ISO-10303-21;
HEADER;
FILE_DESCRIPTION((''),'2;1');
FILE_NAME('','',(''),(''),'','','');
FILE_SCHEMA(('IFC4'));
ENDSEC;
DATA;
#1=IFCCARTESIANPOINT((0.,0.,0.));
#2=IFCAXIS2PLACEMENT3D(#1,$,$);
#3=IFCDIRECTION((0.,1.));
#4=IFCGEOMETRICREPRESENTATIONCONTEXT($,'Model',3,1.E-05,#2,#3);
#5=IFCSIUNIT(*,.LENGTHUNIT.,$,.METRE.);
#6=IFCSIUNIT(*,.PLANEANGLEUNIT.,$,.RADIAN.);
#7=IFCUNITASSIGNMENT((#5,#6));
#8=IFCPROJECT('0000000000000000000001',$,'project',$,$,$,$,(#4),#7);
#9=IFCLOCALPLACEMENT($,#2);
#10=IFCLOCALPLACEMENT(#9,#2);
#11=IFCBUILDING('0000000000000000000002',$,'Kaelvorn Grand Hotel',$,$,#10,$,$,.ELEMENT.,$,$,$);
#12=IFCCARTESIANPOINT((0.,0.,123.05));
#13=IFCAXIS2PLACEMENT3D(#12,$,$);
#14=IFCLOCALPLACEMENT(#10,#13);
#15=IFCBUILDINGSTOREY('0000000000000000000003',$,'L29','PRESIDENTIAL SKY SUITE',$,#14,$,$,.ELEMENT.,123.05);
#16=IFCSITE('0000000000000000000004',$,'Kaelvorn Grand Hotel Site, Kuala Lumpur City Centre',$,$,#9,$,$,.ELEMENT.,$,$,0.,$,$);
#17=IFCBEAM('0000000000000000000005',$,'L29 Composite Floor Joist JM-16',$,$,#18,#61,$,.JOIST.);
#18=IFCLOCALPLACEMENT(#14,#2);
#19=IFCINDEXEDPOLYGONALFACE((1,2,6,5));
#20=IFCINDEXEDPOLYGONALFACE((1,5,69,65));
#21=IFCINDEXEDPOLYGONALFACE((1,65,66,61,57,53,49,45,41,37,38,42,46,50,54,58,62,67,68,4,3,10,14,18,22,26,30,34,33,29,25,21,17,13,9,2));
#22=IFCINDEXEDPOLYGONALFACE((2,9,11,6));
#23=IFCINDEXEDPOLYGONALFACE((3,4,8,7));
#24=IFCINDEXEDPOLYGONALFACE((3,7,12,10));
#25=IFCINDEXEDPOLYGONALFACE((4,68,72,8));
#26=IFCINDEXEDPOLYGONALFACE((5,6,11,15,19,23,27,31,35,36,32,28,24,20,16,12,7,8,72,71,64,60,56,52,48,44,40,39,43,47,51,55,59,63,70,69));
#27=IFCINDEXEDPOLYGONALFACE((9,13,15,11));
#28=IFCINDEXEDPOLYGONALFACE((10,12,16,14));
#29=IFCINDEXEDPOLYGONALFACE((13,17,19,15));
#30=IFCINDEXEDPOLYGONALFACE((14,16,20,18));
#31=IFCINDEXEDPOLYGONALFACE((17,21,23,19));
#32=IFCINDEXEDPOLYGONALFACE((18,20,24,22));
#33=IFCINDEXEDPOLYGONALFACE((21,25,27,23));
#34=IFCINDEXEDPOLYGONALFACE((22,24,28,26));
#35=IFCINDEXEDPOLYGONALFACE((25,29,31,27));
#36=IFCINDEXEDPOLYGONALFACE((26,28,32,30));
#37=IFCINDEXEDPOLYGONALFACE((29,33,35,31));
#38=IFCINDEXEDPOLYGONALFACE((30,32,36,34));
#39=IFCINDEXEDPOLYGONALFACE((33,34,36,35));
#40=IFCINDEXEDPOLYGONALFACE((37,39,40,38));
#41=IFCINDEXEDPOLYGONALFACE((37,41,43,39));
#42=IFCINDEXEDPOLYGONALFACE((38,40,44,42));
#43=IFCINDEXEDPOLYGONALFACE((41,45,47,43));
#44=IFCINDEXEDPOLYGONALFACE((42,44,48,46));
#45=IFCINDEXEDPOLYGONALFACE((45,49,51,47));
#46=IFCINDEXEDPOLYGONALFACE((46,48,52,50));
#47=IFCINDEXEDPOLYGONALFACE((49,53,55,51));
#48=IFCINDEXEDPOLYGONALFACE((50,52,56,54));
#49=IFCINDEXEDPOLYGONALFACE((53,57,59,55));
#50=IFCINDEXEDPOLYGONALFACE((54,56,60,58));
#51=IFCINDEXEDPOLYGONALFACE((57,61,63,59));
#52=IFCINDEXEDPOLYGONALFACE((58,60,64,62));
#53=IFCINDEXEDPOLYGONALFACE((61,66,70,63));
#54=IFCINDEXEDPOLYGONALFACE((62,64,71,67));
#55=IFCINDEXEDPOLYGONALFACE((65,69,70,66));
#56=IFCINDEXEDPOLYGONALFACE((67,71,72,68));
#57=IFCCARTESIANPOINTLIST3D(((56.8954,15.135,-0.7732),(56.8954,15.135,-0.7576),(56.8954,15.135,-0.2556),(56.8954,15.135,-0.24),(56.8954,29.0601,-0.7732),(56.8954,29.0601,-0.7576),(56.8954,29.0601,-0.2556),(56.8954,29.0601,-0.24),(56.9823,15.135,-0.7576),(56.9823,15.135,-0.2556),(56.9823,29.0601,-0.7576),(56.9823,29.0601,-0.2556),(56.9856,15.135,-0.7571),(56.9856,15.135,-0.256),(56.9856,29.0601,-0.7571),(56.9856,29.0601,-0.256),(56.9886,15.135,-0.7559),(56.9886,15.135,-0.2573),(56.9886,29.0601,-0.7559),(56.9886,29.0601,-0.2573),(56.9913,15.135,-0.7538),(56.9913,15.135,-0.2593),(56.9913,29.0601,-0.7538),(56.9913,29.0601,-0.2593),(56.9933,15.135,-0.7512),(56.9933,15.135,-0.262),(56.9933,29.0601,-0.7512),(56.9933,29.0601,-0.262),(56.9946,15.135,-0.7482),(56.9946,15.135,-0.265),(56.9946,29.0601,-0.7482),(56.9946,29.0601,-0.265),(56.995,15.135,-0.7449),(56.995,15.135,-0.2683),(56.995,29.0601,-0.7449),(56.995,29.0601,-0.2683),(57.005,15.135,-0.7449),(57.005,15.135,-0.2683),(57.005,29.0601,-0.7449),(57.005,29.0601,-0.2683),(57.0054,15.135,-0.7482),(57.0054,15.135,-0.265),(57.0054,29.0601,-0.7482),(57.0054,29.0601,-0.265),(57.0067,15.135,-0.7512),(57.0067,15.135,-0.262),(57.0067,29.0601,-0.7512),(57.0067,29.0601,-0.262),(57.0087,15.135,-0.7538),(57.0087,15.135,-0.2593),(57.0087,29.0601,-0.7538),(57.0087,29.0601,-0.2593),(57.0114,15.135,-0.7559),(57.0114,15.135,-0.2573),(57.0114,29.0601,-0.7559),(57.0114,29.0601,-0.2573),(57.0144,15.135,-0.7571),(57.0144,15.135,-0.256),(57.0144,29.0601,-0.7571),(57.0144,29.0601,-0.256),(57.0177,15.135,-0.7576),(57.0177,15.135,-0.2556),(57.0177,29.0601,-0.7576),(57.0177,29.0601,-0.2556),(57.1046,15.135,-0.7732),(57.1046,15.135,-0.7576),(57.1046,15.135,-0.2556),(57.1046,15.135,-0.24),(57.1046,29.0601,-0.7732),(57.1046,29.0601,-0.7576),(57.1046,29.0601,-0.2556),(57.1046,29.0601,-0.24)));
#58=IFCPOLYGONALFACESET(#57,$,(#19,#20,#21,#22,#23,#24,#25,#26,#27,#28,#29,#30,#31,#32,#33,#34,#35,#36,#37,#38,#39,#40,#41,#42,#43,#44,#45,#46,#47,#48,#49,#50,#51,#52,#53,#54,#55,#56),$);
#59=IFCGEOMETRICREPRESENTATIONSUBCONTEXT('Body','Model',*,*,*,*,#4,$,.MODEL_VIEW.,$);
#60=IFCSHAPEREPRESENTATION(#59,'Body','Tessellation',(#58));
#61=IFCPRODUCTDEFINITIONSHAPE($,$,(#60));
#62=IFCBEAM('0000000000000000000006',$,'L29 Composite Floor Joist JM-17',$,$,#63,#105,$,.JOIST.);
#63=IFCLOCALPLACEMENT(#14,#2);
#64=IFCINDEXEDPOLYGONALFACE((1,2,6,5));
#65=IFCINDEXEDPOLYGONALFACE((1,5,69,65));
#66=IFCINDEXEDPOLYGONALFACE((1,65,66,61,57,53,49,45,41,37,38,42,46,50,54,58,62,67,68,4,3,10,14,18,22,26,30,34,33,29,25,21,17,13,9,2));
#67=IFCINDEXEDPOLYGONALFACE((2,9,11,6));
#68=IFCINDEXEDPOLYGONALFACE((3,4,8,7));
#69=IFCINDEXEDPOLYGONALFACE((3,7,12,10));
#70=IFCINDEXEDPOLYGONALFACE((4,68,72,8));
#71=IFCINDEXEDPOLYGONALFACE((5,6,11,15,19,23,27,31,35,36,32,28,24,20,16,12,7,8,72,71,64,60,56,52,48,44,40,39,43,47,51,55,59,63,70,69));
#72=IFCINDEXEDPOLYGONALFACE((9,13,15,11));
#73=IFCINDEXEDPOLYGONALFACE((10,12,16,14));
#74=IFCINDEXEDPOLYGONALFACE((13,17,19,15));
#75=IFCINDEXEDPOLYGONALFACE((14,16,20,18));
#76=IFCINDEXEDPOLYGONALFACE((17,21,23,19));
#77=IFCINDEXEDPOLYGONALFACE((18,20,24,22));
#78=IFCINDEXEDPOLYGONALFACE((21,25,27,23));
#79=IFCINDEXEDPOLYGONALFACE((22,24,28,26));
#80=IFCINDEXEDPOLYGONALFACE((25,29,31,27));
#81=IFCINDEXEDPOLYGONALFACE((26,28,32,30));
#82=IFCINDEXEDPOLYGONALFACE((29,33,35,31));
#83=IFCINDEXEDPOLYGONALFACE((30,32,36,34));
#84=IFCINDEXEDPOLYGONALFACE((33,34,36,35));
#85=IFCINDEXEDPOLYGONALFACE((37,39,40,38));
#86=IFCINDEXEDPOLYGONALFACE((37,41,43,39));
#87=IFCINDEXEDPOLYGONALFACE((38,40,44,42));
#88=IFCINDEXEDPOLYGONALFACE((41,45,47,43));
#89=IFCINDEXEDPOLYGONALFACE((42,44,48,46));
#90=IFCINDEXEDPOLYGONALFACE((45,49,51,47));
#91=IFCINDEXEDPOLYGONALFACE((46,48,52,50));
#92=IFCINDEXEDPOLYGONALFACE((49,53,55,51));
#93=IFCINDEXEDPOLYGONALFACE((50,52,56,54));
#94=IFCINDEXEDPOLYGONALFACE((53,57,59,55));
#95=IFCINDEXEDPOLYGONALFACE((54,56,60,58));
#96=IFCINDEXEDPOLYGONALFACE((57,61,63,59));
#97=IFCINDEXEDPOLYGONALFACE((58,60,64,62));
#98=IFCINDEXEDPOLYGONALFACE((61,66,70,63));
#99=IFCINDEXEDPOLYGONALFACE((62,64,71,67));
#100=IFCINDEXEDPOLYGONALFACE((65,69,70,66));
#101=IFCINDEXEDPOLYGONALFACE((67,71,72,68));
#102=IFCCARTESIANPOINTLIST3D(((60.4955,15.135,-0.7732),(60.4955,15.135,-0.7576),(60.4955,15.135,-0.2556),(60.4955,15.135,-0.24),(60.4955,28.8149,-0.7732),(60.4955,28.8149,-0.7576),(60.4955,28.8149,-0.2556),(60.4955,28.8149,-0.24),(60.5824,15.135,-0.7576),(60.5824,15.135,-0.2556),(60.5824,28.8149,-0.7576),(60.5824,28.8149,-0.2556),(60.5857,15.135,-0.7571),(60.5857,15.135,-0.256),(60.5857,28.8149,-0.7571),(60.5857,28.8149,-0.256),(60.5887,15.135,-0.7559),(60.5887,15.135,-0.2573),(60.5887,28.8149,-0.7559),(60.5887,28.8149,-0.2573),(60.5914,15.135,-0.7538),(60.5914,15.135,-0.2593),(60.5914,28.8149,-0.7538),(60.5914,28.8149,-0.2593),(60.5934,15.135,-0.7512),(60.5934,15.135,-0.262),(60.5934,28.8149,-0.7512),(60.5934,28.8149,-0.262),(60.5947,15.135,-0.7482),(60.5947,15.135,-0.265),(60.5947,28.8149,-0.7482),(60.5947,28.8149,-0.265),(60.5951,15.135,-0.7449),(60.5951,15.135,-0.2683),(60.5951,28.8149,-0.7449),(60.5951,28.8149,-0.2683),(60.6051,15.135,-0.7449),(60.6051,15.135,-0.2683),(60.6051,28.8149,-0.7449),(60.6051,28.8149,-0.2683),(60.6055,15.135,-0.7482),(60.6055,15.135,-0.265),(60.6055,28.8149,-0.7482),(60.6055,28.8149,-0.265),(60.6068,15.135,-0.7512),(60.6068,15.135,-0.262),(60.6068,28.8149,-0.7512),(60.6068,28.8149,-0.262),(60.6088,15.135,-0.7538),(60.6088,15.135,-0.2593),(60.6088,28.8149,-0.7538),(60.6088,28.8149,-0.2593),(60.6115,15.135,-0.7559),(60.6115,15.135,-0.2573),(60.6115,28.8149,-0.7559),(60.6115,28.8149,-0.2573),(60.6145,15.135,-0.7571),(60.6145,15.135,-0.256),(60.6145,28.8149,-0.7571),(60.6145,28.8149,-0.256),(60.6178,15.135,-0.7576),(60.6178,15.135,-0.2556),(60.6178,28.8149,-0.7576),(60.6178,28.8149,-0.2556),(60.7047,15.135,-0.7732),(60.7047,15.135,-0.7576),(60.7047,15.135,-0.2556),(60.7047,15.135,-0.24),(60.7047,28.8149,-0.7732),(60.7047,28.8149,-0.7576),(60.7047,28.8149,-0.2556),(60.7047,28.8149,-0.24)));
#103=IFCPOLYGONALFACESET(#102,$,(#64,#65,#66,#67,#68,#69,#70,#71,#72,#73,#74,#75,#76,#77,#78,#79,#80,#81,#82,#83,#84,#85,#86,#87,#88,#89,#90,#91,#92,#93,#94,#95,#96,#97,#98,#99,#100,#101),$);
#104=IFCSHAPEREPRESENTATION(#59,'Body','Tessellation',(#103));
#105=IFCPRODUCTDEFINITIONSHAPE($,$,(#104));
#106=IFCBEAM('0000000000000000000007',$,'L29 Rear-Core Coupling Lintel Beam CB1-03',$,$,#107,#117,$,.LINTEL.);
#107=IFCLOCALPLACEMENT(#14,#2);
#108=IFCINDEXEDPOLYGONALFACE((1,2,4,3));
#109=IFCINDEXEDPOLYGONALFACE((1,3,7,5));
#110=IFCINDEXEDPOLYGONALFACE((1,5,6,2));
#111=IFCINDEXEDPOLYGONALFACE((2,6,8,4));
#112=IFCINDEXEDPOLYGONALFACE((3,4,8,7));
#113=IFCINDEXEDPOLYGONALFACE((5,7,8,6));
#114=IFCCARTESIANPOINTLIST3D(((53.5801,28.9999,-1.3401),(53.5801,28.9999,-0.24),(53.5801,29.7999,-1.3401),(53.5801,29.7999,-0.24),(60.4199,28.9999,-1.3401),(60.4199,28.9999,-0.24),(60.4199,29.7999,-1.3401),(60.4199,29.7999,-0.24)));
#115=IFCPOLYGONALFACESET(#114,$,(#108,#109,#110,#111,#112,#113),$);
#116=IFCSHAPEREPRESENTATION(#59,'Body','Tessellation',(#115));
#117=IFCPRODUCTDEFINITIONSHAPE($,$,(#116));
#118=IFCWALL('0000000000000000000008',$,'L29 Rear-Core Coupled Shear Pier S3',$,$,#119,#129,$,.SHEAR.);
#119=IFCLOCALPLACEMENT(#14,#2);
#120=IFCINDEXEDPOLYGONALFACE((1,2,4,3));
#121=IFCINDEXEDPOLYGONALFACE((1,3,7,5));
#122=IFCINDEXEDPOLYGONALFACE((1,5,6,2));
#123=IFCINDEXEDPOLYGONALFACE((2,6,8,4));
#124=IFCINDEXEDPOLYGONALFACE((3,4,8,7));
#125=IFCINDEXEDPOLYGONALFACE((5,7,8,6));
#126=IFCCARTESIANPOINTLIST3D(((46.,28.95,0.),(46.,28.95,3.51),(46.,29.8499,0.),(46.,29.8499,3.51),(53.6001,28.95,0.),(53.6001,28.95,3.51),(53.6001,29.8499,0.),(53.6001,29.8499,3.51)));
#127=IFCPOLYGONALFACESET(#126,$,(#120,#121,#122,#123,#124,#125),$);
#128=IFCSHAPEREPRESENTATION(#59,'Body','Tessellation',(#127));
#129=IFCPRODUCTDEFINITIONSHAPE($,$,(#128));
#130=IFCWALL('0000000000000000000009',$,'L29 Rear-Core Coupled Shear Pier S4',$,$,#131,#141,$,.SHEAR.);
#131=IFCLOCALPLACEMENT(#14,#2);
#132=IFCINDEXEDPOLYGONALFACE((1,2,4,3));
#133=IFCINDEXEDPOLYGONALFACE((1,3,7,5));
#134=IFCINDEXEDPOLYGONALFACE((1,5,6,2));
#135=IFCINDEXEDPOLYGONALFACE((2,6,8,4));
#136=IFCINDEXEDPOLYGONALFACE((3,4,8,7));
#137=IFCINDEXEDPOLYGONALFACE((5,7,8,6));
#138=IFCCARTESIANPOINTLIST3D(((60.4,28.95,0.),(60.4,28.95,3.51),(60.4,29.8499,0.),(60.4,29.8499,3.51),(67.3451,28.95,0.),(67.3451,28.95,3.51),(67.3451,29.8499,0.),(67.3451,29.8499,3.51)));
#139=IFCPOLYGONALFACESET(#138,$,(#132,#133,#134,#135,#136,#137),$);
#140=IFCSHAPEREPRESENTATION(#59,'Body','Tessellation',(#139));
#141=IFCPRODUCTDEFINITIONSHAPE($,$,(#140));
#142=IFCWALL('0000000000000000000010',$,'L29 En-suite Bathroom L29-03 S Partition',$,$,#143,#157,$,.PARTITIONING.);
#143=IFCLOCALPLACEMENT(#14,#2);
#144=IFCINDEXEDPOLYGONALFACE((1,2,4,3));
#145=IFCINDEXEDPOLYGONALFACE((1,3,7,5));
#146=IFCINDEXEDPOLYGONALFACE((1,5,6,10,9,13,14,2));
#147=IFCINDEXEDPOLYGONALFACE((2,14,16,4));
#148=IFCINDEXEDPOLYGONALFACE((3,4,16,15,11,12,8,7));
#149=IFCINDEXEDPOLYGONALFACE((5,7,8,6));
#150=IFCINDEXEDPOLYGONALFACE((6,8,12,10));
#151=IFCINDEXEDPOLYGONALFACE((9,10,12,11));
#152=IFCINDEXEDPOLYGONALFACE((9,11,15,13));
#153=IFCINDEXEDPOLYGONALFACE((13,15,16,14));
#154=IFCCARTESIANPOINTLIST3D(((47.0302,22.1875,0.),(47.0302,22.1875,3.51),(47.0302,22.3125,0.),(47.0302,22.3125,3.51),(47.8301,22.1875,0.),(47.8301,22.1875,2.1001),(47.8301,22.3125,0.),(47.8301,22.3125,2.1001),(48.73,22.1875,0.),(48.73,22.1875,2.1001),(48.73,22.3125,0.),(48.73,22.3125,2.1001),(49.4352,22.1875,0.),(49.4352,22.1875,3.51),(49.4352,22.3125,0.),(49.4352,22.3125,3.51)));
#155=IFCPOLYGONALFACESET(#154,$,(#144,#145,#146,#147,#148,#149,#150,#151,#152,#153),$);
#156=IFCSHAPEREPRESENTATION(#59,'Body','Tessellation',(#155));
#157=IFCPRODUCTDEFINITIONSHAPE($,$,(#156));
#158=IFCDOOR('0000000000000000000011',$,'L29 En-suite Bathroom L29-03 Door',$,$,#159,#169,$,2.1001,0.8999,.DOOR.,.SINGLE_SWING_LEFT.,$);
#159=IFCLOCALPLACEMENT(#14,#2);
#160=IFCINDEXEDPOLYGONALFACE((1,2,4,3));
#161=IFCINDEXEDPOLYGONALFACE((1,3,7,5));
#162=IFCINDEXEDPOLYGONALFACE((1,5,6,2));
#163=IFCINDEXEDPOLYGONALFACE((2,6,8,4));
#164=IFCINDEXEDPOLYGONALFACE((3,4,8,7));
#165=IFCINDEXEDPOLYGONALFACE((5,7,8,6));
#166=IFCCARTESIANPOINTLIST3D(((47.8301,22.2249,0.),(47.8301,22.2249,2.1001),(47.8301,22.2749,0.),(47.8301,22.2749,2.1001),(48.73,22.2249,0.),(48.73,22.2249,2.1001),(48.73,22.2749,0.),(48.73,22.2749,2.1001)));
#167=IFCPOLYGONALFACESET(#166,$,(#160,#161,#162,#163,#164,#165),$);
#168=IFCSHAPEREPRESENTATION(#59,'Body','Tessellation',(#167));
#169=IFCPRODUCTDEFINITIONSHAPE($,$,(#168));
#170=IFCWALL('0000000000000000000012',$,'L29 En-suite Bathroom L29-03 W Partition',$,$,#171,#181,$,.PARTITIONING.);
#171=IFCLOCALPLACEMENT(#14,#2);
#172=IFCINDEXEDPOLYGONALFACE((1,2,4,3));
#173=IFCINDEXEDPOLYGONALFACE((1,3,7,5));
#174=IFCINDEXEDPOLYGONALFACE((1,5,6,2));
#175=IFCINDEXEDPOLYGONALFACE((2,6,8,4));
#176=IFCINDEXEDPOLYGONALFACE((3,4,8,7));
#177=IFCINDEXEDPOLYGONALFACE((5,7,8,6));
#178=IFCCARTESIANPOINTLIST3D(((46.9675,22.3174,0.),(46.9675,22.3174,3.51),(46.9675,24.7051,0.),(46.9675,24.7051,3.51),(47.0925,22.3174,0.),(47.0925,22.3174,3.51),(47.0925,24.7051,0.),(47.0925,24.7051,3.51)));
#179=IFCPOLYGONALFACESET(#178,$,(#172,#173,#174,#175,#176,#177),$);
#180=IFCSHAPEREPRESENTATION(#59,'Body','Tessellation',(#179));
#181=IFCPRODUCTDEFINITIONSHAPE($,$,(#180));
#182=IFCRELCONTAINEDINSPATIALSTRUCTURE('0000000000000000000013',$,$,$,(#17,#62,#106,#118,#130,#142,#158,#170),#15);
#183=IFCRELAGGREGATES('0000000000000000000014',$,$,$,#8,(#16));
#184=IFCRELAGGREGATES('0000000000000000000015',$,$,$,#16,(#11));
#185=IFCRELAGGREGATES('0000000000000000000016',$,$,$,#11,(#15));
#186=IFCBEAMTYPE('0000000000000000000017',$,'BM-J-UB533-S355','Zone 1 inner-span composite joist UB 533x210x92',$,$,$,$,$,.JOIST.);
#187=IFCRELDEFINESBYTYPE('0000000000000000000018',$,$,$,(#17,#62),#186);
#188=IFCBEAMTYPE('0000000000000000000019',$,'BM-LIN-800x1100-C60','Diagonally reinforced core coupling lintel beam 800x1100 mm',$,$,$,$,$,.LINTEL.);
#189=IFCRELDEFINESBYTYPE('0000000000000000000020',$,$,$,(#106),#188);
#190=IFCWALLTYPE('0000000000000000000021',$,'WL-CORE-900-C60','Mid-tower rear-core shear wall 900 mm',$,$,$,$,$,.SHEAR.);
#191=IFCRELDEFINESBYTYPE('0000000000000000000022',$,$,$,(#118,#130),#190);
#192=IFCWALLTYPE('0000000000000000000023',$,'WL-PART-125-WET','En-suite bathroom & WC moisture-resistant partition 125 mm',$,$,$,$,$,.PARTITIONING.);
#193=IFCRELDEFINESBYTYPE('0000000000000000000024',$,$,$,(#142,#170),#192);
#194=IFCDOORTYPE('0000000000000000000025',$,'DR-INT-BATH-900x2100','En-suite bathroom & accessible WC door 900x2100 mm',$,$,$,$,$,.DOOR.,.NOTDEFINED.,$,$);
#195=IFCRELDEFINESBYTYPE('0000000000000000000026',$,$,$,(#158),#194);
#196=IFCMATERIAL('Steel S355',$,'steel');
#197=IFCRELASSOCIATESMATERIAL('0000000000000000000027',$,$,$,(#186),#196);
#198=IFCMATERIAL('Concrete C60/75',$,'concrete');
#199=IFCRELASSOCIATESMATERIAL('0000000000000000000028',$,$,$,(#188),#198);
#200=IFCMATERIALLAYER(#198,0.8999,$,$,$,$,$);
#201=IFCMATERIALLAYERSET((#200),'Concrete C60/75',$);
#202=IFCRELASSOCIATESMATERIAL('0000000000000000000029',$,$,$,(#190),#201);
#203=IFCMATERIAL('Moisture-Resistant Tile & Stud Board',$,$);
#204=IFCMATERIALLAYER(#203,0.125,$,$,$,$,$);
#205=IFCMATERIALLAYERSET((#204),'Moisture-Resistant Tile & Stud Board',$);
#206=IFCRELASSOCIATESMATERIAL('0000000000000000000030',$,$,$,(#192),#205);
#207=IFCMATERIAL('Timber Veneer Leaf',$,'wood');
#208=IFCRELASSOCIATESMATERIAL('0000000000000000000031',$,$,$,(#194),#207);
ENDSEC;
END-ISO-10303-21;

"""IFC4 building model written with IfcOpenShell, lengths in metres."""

from ifc_helpers import new_model, si_unit, direction, frame, frame_2d, origin, origin_2d, place, context, subcontext, project, spatial, rectangle, i_section, extrude, material, layer, layer_set, material_profile, profile_set, type_object, element, fill, save


model = new_model("IFC4")

# Units and contexts
model_context = context("Model", 3, precision=1e-05, world=origin(), true_north=direction((0.0, 1.0)))
body_context = subcontext(model_context, "Body", "Model", "MODEL_VIEW")
ifc_project = project(units=[si_unit("LENGTHUNIT", "METRE"), si_unit("PLANEANGLEUNIT", "RADIAN")], contexts=[model_context])

# Site, building, storey
site_placement = place(None, origin())
site = spatial("IfcSite", under=ifc_project, at=site_placement, Name="Kaelvorn Grand Hotel Site, Kuala Lumpur City Centre", CompositionType="ELEMENT", RefElevation=0.0)
building_placement = place(site_placement, origin())
building = spatial("IfcBuilding", under=site, at=building_placement, Name="Kaelvorn Grand Hotel", CompositionType="ELEMENT")
storey_placement = place(building_placement, frame((0.0, 0.0, 123.05)))
storey = spatial("IfcBuildingStorey", under=building, at=storey_placement, Name="L29", Description="PRESIDENTIAL SKY SUITE", CompositionType="ELEMENT", Elevation=123.05)

# Shared definitions
ifc_material_1 = material(Name="Concrete C60/75", Category="concrete")

# Beams
ifc_material_2 = material(Name="Steel S355", Category="steel")
ifc_material_profile_1 = material_profile(ifc_material_2, i_section(OverallWidth=0.2092, OverallDepth=0.5332, WebThickness=0.01, FlangeThickness=0.0156, FilletRadius=0.0127, at=origin_2d()), Name="UB 533x210x92")
ifc_profile_set_1 = profile_set([ifc_material_profile_1], Name="Steel S355")
beam_type_1 = type_object("IfcBeamType", Name="BM-J-UB533-S355", Description="Zone 1 inner-span composite joist UB 533x210x92", PredefinedType="JOIST", material=ifc_profile_set_1)
beam_1_placement = place(storey_placement, frame((57.0, 15.135, -0.5066), z_axis=(0.0, 1.0, 0.0), x_axis=(-1.0, 0.0, 0.0)))
element("IfcBeam", 1, at=beam_1_placement, inside=storey, type_object=beam_type_1, Name="L29 Composite Floor Joist JM-16", PredefinedType="JOIST", context=body_context, shape_type="SweptSolid", body=[
    extrude(i_section(OverallWidth=0.2092, OverallDepth=0.5332, WebThickness=0.01, FlangeThickness=0.0156, FilletRadius=0.0127, at=origin_2d()), origin(), (0.0, 0.0, 1.0), 13.925),
])
beam_2_placement = place(storey_placement, frame((60.6001, 15.135, -0.5066), z_axis=(0.0, 1.0, 0.0), x_axis=(-1.0, 0.0, 0.0)))
element("IfcBeam", 2, at=beam_2_placement, inside=storey, type_object=beam_type_1, Name="L29 Composite Floor Joist JM-17", PredefinedType="JOIST", context=body_context, shape_type="SweptSolid", body=[
    extrude(i_section(OverallWidth=0.2092, OverallDepth=0.5332, WebThickness=0.01, FlangeThickness=0.0156, FilletRadius=0.0127, at=origin_2d()), origin(), (0.0, 0.0, 1.0), 13.6799),
])
ifc_material_profile_2 = material_profile(ifc_material_1, rectangle(XDim=0.8, YDim=1.1001, at=origin_2d()), Name="RC LINTEL 800x1100")
ifc_profile_set_2 = profile_set([ifc_material_profile_2], Name="Concrete C60/75")
beam_type_2 = type_object("IfcBeamType", Name="BM-LIN-800x1100-C60", Description="Diagonally reinforced core coupling lintel beam 800x1100 mm", PredefinedType="LINTEL", material=ifc_profile_set_2)
beam_3_placement = place(storey_placement, frame((53.5801, 29.3999, -0.79), z_axis=(1.0, 0.0, 0.0), x_axis=(0.0, 1.0, 0.0)))
element("IfcBeam", 3, at=beam_3_placement, inside=storey, type_object=beam_type_2, Name="L29 Rear-Core Coupling Lintel Beam CB1-03", PredefinedType="LINTEL", context=body_context, shape_type="SweptSolid", body=[
    extrude(rectangle(XDim=0.8, YDim=1.1001, at=origin_2d()), origin(), (0.0, 0.0, 1.0), 6.8398),
])

# Walls
ifc_layer_1 = layer(ifc_material_1, 0.8999)
ifc_layer_set_1 = layer_set([ifc_layer_1], Name="Concrete C60/75")
wall_type_1 = type_object("IfcWallType", Name="WL-CORE-900-C60", Description="Mid-tower rear-core shear wall 900 mm", PredefinedType="SHEAR", material=ifc_layer_set_1)
wall_1_placement = place(storey_placement, frame((46.0, 29.3999, 0.0), z_axis=(0.0, 0.0, 1.0), x_axis=(1.0, 0.0, 0.0)))
element("IfcWall", 4, at=wall_1_placement, inside=storey, type_object=wall_type_1, Name="L29 Rear-Core Coupled Shear Pier S3", PredefinedType="SHEAR", context=body_context, shape_type="SweptSolid", body=[
    extrude(rectangle(XDim=7.6001, YDim=0.8999, at=frame_2d((3.8, 0.0))), origin(), (0.0, 0.0, 1.0), 3.51),
])
wall_2_placement = place(storey_placement, frame((60.3999, 29.3999, 0.0), z_axis=(0.0, 0.0, 1.0), x_axis=(1.0, 0.0, 0.0)))
element("IfcWall", 5, at=wall_2_placement, inside=storey, type_object=wall_type_1, Name="L29 Rear-Core Coupled Shear Pier S4", PredefinedType="SHEAR", context=body_context, shape_type="SweptSolid", body=[
    extrude(rectangle(XDim=6.9451, YDim=0.8999, at=frame_2d((3.4727, 0.0))), origin(), (0.0, 0.0, 1.0), 3.51),
])

# Wall, opening, door
ifc_material_3 = material(Name="Moisture-Resistant Tile & Stud Board")
ifc_layer_2 = layer(ifc_material_3, 0.125)
ifc_layer_set_2 = layer_set([ifc_layer_2], Name="Moisture-Resistant Tile & Stud Board")
wall_type_2 = type_object("IfcWallType", Name="WL-PART-125-WET", Description="En-suite bathroom & WC moisture-resistant partition 125 mm", PredefinedType="PARTITIONING", material=ifc_layer_set_2)
wall_3_placement = place(storey_placement, frame((47.03, 22.25, 0.0), z_axis=(0.0, 0.0, 1.0), x_axis=(1.0, 0.0, 0.0)))
wall_3 = element("IfcWall", 6, at=wall_3_placement, inside=storey, type_object=wall_type_2, Name="L29 En-suite Bathroom L29-03 S Partition", PredefinedType="PARTITIONING", context=body_context, shape_type="SweptSolid", body=[
    extrude(rectangle(XDim=2.405, YDim=0.125, at=frame_2d((1.2026, 0.0))), origin(), (0.0, 0.0, 1.0), 3.51),
])
opening_1_placement = place(wall_3_placement, frame((0.8, 0.0, 0.0)))
opening_1 = element("IfcOpeningElement", 7, at=opening_1_placement, cuts=wall_3, PredefinedType="OPENING", context=body_context, shape_type="SweptSolid", body=[
    extrude(rectangle(XDim=0.8999, YDim=2.1001, at=frame_2d((0.45, 1.05))), frame((0.0, 0.0725, 0.0), z_axis=(0.0, -1.0, 0.0), x_axis=(1.0, 0.0, 0.0)), (0.0, 0.0, 1.0), 0.145),
])
ifc_material_4 = material(Name="Timber Veneer Leaf", Category="wood")
door_type_1 = type_object("IfcDoorType", Name="DR-INT-BATH-900x2100", Description="En-suite bathroom & accessible WC door 900x2100 mm", OperationType="NOTDEFINED", PredefinedType="DOOR", material=ifc_material_4)
door_1_placement = place(opening_1_placement, origin())
door_1 = element("IfcDoor", 8, at=door_1_placement, inside=storey, type_object=door_type_1, Name="L29 En-suite Bathroom L29-03 Door", OperationType="SINGLE_SWING_LEFT", OverallHeight=2.1001, OverallWidth=0.8999, PredefinedType="DOOR", context=body_context, shape_type="SweptSolid", body=[
    extrude(rectangle(XDim=0.8999, YDim=2.1001, at=frame_2d((0.45, 1.05))), frame((0.0, 0.0249, 0.0), z_axis=(0.0, -1.0, 0.0), x_axis=(1.0, 0.0, 0.0)), (0.0, 0.0, 1.0), 0.05),
])
fill(opening_1, door_1)

# Wall
wall_4_placement = place(storey_placement, frame((47.03, 22.3174, 0.0), z_axis=(0.0, 0.0, 1.0), x_axis=(0.0, 1.0, 0.0)))
element("IfcWall", 9, at=wall_4_placement, inside=storey, type_object=wall_type_2, Name="L29 En-suite Bathroom L29-03 W Partition", PredefinedType="PARTITIONING", context=body_context, shape_type="SweptSolid", body=[
    extrude(rectangle(XDim=2.3877, YDim=0.125, at=frame_2d((1.1938, 0.0))), origin(), (0.0, 0.0, 1.0), 3.51),
])

save(model, "model.ifc")
